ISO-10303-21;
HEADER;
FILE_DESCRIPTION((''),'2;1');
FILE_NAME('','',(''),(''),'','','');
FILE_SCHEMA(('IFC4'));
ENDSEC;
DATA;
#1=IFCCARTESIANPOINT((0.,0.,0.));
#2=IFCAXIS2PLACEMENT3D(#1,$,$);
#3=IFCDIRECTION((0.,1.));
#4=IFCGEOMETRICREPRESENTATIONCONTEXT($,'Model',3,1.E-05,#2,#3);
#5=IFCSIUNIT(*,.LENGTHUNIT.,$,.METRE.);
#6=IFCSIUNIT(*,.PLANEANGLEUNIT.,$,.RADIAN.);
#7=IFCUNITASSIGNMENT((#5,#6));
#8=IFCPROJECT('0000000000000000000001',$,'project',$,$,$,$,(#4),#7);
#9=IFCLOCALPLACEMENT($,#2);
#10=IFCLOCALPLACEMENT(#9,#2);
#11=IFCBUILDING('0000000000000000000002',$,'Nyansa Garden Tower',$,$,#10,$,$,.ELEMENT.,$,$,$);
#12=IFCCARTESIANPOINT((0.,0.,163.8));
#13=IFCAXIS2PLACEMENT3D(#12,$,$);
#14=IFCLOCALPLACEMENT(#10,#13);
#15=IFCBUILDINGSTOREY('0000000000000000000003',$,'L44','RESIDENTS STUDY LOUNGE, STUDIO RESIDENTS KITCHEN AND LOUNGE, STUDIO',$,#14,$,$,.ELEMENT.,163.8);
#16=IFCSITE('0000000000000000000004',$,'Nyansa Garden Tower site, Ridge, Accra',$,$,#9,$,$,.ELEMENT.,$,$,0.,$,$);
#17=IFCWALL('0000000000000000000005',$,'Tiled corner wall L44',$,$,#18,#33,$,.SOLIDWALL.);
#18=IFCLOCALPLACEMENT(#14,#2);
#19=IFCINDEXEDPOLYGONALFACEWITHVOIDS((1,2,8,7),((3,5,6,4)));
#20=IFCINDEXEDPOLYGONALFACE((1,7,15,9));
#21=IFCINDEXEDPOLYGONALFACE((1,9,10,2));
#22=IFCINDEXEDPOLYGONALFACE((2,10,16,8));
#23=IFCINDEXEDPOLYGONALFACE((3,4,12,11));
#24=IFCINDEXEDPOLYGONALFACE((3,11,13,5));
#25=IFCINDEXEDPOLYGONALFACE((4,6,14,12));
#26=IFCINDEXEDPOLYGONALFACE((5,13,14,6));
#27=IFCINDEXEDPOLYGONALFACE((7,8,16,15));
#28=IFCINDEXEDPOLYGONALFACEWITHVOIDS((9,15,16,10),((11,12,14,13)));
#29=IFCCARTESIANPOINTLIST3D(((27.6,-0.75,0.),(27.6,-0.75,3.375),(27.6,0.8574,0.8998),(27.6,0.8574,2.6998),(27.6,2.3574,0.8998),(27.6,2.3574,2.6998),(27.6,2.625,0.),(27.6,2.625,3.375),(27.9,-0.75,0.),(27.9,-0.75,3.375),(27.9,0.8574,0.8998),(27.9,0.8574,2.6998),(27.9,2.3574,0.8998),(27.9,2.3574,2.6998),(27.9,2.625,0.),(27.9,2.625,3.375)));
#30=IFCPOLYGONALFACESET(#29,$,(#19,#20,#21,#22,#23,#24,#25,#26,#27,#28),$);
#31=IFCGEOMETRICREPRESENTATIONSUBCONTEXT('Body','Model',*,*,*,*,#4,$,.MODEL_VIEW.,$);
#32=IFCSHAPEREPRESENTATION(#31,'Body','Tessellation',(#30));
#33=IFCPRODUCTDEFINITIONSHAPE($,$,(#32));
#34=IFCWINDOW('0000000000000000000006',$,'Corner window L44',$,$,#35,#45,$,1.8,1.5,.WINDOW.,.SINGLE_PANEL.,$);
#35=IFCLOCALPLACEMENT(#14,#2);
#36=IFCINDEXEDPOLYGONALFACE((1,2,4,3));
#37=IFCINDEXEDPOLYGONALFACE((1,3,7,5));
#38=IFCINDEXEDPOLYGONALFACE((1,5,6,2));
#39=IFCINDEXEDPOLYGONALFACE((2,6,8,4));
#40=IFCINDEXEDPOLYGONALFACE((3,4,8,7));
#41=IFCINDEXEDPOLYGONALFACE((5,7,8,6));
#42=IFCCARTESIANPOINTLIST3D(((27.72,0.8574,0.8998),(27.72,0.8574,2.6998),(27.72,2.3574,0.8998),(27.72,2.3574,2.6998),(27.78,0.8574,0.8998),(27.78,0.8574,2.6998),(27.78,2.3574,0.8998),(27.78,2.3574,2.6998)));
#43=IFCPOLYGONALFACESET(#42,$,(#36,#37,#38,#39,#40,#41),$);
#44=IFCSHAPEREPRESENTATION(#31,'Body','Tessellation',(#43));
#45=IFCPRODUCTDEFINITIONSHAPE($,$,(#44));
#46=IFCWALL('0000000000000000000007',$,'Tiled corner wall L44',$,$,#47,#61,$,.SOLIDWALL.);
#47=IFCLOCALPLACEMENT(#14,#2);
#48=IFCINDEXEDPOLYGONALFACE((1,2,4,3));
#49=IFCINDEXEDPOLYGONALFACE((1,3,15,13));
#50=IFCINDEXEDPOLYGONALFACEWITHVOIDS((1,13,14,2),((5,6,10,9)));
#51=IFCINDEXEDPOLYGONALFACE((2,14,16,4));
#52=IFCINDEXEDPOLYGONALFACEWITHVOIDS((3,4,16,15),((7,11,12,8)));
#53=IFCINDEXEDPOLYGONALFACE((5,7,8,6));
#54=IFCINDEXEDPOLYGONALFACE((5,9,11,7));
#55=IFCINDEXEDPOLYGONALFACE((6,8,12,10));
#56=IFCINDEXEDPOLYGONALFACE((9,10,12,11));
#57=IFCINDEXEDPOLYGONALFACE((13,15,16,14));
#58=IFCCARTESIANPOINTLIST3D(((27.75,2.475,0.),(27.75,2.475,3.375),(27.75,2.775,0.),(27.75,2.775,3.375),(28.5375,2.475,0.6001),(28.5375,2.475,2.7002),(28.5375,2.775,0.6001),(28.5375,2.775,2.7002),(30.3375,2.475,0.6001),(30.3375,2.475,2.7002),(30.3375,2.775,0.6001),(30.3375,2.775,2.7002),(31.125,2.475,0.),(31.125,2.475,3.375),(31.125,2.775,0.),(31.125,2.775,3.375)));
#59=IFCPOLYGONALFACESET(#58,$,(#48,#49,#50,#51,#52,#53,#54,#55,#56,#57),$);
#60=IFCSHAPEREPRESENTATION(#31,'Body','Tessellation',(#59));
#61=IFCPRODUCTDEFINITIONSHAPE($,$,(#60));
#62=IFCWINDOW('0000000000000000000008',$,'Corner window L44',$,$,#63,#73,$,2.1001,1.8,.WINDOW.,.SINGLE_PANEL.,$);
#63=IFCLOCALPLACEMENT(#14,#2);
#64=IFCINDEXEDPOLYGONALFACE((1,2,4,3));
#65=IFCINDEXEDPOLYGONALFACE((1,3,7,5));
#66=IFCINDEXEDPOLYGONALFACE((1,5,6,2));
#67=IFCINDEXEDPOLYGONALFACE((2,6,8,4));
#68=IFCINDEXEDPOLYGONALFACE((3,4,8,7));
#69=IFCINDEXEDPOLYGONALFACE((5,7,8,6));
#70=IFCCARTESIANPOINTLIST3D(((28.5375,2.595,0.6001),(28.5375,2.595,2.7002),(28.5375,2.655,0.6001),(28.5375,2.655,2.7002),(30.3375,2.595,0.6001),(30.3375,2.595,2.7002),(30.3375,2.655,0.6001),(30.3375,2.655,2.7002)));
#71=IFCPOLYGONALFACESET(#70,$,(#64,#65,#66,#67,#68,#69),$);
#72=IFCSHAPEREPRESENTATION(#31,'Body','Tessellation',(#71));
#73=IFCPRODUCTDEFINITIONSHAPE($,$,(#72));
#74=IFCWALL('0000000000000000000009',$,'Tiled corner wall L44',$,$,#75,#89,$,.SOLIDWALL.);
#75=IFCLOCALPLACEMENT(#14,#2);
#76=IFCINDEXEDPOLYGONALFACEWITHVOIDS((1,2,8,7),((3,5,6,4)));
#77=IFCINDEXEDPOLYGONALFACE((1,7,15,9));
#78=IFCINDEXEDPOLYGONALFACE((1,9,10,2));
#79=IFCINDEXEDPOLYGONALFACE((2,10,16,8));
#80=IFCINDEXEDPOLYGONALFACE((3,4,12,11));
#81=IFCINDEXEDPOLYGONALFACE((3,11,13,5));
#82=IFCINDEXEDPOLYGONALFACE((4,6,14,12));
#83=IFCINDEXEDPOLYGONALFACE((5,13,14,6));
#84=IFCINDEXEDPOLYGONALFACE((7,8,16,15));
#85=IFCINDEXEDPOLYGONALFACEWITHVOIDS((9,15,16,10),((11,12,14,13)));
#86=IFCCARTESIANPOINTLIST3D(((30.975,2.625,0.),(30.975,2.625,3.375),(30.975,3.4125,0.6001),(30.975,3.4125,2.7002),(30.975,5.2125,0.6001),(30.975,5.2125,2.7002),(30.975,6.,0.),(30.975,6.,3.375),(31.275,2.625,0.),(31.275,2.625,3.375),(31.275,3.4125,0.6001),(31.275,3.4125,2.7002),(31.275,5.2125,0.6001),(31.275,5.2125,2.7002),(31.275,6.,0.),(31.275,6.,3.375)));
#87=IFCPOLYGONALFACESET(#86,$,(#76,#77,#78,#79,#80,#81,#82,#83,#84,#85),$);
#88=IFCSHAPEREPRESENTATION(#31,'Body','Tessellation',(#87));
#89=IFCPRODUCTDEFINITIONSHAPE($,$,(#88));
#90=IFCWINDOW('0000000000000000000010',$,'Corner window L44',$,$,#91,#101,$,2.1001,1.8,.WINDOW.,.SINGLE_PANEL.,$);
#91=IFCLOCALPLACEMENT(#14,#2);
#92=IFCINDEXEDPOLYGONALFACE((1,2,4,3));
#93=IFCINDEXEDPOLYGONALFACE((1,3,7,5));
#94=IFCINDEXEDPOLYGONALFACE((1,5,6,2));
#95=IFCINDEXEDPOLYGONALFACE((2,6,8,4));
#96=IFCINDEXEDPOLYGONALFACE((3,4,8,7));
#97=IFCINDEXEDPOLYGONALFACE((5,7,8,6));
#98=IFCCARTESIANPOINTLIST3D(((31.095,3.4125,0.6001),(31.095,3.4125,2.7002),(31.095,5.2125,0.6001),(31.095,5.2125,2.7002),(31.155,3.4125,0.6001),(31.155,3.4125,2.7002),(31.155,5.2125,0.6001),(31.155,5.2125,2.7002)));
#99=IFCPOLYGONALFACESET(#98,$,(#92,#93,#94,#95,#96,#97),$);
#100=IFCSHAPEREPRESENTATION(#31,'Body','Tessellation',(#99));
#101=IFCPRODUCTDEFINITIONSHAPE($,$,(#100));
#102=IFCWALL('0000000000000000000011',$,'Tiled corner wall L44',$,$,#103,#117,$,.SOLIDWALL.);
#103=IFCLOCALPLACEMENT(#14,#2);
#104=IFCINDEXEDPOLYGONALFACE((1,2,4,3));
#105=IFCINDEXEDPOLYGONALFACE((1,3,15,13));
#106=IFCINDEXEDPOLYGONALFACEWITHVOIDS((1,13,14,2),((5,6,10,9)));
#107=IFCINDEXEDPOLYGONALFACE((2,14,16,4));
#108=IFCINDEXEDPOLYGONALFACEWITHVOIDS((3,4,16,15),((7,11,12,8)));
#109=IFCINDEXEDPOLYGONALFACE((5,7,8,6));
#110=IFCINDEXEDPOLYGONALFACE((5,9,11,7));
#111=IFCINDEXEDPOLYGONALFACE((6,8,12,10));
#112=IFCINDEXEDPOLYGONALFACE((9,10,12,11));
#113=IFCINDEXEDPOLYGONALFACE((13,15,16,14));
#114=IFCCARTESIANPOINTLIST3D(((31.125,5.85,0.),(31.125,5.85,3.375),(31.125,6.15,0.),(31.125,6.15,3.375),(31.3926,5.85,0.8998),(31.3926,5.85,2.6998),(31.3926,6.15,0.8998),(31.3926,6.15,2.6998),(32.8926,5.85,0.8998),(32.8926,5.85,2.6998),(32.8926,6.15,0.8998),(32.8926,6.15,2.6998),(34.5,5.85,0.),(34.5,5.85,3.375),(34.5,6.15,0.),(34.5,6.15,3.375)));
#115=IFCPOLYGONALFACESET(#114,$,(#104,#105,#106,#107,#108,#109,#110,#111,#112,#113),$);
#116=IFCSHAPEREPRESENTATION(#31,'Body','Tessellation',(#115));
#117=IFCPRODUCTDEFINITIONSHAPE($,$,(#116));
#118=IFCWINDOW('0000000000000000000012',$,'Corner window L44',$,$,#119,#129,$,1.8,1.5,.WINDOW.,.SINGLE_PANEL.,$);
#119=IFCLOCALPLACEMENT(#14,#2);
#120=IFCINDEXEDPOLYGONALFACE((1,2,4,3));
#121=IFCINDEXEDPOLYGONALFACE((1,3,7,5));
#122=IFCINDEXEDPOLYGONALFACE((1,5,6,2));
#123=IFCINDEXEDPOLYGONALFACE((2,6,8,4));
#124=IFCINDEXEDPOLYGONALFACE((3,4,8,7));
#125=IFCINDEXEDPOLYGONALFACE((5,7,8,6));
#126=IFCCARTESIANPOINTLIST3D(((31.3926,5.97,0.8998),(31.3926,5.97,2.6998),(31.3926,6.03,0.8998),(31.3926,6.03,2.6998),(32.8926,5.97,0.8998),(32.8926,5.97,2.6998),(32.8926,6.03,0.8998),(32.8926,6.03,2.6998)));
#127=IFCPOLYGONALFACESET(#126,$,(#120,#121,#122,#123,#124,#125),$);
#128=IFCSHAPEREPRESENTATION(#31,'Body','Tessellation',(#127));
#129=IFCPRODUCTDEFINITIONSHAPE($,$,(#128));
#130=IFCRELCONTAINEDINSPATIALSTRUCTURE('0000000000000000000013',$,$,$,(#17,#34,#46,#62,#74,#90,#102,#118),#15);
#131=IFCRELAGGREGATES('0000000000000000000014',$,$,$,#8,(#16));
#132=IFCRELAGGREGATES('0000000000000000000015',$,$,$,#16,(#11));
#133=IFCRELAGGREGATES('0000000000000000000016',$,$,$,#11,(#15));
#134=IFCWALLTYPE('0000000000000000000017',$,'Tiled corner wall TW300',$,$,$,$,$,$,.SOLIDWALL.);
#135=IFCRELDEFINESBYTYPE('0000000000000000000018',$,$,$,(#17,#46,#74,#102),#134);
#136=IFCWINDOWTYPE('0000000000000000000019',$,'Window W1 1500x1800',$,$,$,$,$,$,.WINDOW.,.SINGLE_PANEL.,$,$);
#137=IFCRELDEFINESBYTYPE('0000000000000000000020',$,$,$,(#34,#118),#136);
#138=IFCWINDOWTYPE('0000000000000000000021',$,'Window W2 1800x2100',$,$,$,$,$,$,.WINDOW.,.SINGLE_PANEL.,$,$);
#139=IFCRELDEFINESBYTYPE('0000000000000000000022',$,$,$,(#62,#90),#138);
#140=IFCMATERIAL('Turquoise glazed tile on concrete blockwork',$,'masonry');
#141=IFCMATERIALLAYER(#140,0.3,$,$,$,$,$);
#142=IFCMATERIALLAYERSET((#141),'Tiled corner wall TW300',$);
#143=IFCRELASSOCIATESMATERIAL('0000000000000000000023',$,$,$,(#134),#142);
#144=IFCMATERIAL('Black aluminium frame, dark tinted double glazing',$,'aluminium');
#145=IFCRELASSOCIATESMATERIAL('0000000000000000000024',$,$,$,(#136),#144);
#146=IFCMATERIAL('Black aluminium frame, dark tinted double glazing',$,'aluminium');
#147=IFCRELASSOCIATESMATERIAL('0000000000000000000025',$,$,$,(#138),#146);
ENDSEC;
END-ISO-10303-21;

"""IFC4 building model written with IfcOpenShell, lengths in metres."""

from ifc_helpers import new_model, si_unit, direction, frame, frame_2d, origin, place, context, subcontext, project, spatial, rectangle, extrude, material, layer, layer_set, type_object, element, fill, save


model = new_model("IFC4")

# Units and contexts
model_context = context("Model", 3, precision=1e-05, world=origin(), true_north=direction((0.0, 1.0)))
body_context = subcontext(model_context, "Body", "Model", "MODEL_VIEW")
ifc_project = project(units=[si_unit("LENGTHUNIT", "METRE"), si_unit("PLANEANGLEUNIT", "RADIAN")], contexts=[model_context])

# Site, building, storey
site_placement = place(None, origin())
site = spatial("IfcSite", under=ifc_project, at=site_placement, Name="Nyansa Garden Tower site, Ridge, Accra", CompositionType="ELEMENT", RefElevation=0.0)
building_placement = place(site_placement, origin())
building = spatial("IfcBuilding", under=site, at=building_placement, Name="Nyansa Garden Tower", CompositionType="ELEMENT")
storey_placement = place(building_placement, frame((0.0, 0.0, 163.8)))
storey = spatial("IfcBuildingStorey", under=building, at=storey_placement, Name="L44", Description="RESIDENTS STUDY LOUNGE, STUDIO RESIDENTS KITCHEN AND LOUNGE, STUDIO", CompositionType="ELEMENT", Elevation=163.8)

# Walls, openings, windows
ifc_material_1 = material(Name="Turquoise glazed tile on concrete blockwork", Category="masonry")
ifc_layer_1 = layer(ifc_material_1, 0.3)
ifc_layer_set_1 = layer_set([ifc_layer_1], Name="Tiled corner wall TW300")
wall_type_1 = type_object("IfcWallType", Name="Tiled corner wall TW300", PredefinedType="SOLIDWALL", material=ifc_layer_set_1)
wall_1_placement = place(storey_placement, frame((27.75, -0.75, 0.0), z_axis=(0.0, 0.0, 1.0), x_axis=(0.0, 1.0, 0.0)))
wall_1 = element("IfcWall", 1, at=wall_1_placement, inside=storey, type_object=wall_type_1, Name="Tiled corner wall L44", PredefinedType="SOLIDWALL", context=body_context, shape_type="SweptSolid", body=[
    extrude(rectangle(XDim=3.375, YDim=0.3, at=frame_2d((1.6875, 0.0))), origin(), (0.0, 0.0, 1.0), 3.375),
])
opening_1_placement = place(wall_1_placement, frame((1.6074, 0.0, 0.8999)))
opening_1 = element("IfcOpeningElement", 2, at=opening_1_placement, cuts=wall_1, PredefinedType="OPENING", context=body_context, shape_type="SweptSolid", body=[
    extrude(rectangle(XDim=1.5, YDim=1.8, at=frame_2d((0.75, 0.8999))), frame((0.0, 0.1599, 0.0), z_axis=(0.0, -1.0, 0.0), x_axis=(1.0, 0.0, 0.0)), (0.0, 0.0, 1.0), 0.3201),
])
ifc_material_2 = material(Name="Black aluminium frame, dark tinted double glazing", Category="aluminium")
window_type_1 = type_object("IfcWindowType", Name="Window W1 1500x1800", PartitioningType="SINGLE_PANEL", PredefinedType="WINDOW", material=ifc_material_2)
window_1_placement = place(opening_1_placement, origin())
window_1 = element("IfcWindow", 3, at=window_1_placement, inside=storey, type_object=window_type_1, Name="Corner window L44", OverallHeight=1.8, OverallWidth=1.5, PartitioningType="SINGLE_PANEL", PredefinedType="WINDOW", context=body_context, shape_type="SweptSolid", body=[
    extrude(rectangle(XDim=1.5, YDim=1.8, at=frame_2d((0.75, 0.8999))), frame((0.0, 0.03, 0.0), z_axis=(0.0, -1.0, 0.0), x_axis=(1.0, 0.0, 0.0)), (0.0, 0.0, 1.0), 0.0601),
])
fill(opening_1, window_1)
wall_2_placement = place(storey_placement, frame((27.75, 2.625, 0.0), z_axis=(0.0, 0.0, 1.0), x_axis=(1.0, 0.0, 0.0)))
wall_2 = element("IfcWall", 4, at=wall_2_placement, inside=storey, type_object=wall_type_1, Name="Tiled corner wall L44", PredefinedType="SOLIDWALL", context=body_context, shape_type="SweptSolid", body=[
    extrude(rectangle(XDim=3.375, YDim=0.3, at=frame_2d((1.6875, 0.0))), origin(), (0.0, 0.0, 1.0), 3.375),
])
opening_2_placement = place(wall_2_placement, frame((0.7876, 0.0, 0.6001)))
opening_2 = element("IfcOpeningElement", 5, at=opening_2_placement, cuts=wall_2, PredefinedType="OPENING", context=body_context, shape_type="SweptSolid", body=[
    extrude(rectangle(XDim=1.8, YDim=2.1001, at=frame_2d((0.8999, 1.05))), frame((0.0, 0.1599, 0.0), z_axis=(0.0, -1.0, 0.0), x_axis=(1.0, 0.0, 0.0)), (0.0, 0.0, 1.0), 0.3201),
])
ifc_material_3 = material(Name="Black aluminium frame, dark tinted double glazing", Category="aluminium")
window_type_2 = type_object("IfcWindowType", Name="Window W2 1800x2100", PartitioningType="SINGLE_PANEL", PredefinedType="WINDOW", material=ifc_material_3)
window_2_placement = place(opening_2_placement, origin())
window_2 = element("IfcWindow", 6, at=window_2_placement, inside=storey, type_object=window_type_2, Name="Corner window L44", OverallHeight=2.1001, OverallWidth=1.8, PartitioningType="SINGLE_PANEL", PredefinedType="WINDOW", context=body_context, shape_type="SweptSolid", body=[
    extrude(rectangle(XDim=1.8, YDim=2.1001, at=frame_2d((0.8999, 1.05))), frame((0.0, 0.03, 0.0), z_axis=(0.0, -1.0, 0.0), x_axis=(1.0, 0.0, 0.0)), (0.0, 0.0, 1.0), 0.0601),
])
fill(opening_2, window_2)
wall_3_placement = place(storey_placement, frame((31.125, 2.625, 0.0), z_axis=(0.0, 0.0, 1.0), x_axis=(0.0, 1.0, 0.0)))
wall_3 = element("IfcWall", 7, at=wall_3_placement, inside=storey, type_object=wall_type_1, Name="Tiled corner wall L44", PredefinedType="SOLIDWALL", context=body_context, shape_type="SweptSolid", body=[
    extrude(rectangle(XDim=3.375, YDim=0.3, at=frame_2d((1.6875, 0.0))), origin(), (0.0, 0.0, 1.0), 3.375),
])
opening_3_placement = place(wall_3_placement, frame((0.7876, 0.0, 0.6001)))
opening_3 = element("IfcOpeningElement", 8, at=opening_3_placement, cuts=wall_3, PredefinedType="OPENING", context=body_context, shape_type="SweptSolid", body=[
    extrude(rectangle(XDim=1.8, YDim=2.1001, at=frame_2d((0.8999, 1.05))), frame((0.0, 0.1599, 0.0), z_axis=(0.0, -1.0, 0.0), x_axis=(1.0, 0.0, 0.0)), (0.0, 0.0, 1.0), 0.3201),
])
window_3_placement = place(opening_3_placement, origin())
window_3 = element("IfcWindow", 9, at=window_3_placement, inside=storey, type_object=window_type_2, Name="Corner window L44", OverallHeight=2.1001, OverallWidth=1.8, PartitioningType="SINGLE_PANEL", PredefinedType="WINDOW", context=body_context, shape_type="SweptSolid", body=[
    extrude(rectangle(XDim=1.8, YDim=2.1001, at=frame_2d((0.8999, 1.05))), frame((0.0, 0.03, 0.0), z_axis=(0.0, -1.0, 0.0), x_axis=(1.0, 0.0, 0.0)), (0.0, 0.0, 1.0), 0.0601),
])
fill(opening_3, window_3)
wall_4_placement = place(storey_placement, frame((31.125, 6.0, 0.0), z_axis=(0.0, 0.0, 1.0), x_axis=(1.0, 0.0, 0.0)))
wall_4 = element("IfcWall", 10, at=wall_4_placement, inside=storey, type_object=wall_type_1, Name="Tiled corner wall L44", PredefinedType="SOLIDWALL", context=body_context, shape_type="SweptSolid", body=[
    extrude(rectangle(XDim=3.375, YDim=0.3, at=frame_2d((1.6875, 0.0))), origin(), (0.0, 0.0, 1.0), 3.375),
])
opening_4_placement = place(wall_4_placement, frame((0.2676, 0.0, 0.8999)))
opening_4 = element("IfcOpeningElement", 11, at=opening_4_placement, cuts=wall_4, PredefinedType="OPENING", context=body_context, shape_type="SweptSolid", body=[
    extrude(rectangle(XDim=1.5, YDim=1.8, at=frame_2d((0.75, 0.8999))), frame((0.0, 0.1599, 0.0), z_axis=(0.0, -1.0, 0.0), x_axis=(1.0, 0.0, 0.0)), (0.0, 0.0, 1.0), 0.3201),
])
window_4_placement = place(opening_4_placement, origin())
window_4 = element("IfcWindow", 12, at=window_4_placement, inside=storey, type_object=window_type_1, Name="Corner window L44", OverallHeight=1.8, OverallWidth=1.5, PartitioningType="SINGLE_PANEL", PredefinedType="WINDOW", context=body_context, shape_type="SweptSolid", body=[
    extrude(rectangle(XDim=1.5, YDim=1.8, at=frame_2d((0.75, 0.8999))), frame((0.0, 0.03, 0.0), z_axis=(0.0, -1.0, 0.0), x_axis=(1.0, 0.0, 0.0)), (0.0, 0.0, 1.0), 0.0601),
])
fill(opening_4, window_4)

save(model, "model.ifc")
